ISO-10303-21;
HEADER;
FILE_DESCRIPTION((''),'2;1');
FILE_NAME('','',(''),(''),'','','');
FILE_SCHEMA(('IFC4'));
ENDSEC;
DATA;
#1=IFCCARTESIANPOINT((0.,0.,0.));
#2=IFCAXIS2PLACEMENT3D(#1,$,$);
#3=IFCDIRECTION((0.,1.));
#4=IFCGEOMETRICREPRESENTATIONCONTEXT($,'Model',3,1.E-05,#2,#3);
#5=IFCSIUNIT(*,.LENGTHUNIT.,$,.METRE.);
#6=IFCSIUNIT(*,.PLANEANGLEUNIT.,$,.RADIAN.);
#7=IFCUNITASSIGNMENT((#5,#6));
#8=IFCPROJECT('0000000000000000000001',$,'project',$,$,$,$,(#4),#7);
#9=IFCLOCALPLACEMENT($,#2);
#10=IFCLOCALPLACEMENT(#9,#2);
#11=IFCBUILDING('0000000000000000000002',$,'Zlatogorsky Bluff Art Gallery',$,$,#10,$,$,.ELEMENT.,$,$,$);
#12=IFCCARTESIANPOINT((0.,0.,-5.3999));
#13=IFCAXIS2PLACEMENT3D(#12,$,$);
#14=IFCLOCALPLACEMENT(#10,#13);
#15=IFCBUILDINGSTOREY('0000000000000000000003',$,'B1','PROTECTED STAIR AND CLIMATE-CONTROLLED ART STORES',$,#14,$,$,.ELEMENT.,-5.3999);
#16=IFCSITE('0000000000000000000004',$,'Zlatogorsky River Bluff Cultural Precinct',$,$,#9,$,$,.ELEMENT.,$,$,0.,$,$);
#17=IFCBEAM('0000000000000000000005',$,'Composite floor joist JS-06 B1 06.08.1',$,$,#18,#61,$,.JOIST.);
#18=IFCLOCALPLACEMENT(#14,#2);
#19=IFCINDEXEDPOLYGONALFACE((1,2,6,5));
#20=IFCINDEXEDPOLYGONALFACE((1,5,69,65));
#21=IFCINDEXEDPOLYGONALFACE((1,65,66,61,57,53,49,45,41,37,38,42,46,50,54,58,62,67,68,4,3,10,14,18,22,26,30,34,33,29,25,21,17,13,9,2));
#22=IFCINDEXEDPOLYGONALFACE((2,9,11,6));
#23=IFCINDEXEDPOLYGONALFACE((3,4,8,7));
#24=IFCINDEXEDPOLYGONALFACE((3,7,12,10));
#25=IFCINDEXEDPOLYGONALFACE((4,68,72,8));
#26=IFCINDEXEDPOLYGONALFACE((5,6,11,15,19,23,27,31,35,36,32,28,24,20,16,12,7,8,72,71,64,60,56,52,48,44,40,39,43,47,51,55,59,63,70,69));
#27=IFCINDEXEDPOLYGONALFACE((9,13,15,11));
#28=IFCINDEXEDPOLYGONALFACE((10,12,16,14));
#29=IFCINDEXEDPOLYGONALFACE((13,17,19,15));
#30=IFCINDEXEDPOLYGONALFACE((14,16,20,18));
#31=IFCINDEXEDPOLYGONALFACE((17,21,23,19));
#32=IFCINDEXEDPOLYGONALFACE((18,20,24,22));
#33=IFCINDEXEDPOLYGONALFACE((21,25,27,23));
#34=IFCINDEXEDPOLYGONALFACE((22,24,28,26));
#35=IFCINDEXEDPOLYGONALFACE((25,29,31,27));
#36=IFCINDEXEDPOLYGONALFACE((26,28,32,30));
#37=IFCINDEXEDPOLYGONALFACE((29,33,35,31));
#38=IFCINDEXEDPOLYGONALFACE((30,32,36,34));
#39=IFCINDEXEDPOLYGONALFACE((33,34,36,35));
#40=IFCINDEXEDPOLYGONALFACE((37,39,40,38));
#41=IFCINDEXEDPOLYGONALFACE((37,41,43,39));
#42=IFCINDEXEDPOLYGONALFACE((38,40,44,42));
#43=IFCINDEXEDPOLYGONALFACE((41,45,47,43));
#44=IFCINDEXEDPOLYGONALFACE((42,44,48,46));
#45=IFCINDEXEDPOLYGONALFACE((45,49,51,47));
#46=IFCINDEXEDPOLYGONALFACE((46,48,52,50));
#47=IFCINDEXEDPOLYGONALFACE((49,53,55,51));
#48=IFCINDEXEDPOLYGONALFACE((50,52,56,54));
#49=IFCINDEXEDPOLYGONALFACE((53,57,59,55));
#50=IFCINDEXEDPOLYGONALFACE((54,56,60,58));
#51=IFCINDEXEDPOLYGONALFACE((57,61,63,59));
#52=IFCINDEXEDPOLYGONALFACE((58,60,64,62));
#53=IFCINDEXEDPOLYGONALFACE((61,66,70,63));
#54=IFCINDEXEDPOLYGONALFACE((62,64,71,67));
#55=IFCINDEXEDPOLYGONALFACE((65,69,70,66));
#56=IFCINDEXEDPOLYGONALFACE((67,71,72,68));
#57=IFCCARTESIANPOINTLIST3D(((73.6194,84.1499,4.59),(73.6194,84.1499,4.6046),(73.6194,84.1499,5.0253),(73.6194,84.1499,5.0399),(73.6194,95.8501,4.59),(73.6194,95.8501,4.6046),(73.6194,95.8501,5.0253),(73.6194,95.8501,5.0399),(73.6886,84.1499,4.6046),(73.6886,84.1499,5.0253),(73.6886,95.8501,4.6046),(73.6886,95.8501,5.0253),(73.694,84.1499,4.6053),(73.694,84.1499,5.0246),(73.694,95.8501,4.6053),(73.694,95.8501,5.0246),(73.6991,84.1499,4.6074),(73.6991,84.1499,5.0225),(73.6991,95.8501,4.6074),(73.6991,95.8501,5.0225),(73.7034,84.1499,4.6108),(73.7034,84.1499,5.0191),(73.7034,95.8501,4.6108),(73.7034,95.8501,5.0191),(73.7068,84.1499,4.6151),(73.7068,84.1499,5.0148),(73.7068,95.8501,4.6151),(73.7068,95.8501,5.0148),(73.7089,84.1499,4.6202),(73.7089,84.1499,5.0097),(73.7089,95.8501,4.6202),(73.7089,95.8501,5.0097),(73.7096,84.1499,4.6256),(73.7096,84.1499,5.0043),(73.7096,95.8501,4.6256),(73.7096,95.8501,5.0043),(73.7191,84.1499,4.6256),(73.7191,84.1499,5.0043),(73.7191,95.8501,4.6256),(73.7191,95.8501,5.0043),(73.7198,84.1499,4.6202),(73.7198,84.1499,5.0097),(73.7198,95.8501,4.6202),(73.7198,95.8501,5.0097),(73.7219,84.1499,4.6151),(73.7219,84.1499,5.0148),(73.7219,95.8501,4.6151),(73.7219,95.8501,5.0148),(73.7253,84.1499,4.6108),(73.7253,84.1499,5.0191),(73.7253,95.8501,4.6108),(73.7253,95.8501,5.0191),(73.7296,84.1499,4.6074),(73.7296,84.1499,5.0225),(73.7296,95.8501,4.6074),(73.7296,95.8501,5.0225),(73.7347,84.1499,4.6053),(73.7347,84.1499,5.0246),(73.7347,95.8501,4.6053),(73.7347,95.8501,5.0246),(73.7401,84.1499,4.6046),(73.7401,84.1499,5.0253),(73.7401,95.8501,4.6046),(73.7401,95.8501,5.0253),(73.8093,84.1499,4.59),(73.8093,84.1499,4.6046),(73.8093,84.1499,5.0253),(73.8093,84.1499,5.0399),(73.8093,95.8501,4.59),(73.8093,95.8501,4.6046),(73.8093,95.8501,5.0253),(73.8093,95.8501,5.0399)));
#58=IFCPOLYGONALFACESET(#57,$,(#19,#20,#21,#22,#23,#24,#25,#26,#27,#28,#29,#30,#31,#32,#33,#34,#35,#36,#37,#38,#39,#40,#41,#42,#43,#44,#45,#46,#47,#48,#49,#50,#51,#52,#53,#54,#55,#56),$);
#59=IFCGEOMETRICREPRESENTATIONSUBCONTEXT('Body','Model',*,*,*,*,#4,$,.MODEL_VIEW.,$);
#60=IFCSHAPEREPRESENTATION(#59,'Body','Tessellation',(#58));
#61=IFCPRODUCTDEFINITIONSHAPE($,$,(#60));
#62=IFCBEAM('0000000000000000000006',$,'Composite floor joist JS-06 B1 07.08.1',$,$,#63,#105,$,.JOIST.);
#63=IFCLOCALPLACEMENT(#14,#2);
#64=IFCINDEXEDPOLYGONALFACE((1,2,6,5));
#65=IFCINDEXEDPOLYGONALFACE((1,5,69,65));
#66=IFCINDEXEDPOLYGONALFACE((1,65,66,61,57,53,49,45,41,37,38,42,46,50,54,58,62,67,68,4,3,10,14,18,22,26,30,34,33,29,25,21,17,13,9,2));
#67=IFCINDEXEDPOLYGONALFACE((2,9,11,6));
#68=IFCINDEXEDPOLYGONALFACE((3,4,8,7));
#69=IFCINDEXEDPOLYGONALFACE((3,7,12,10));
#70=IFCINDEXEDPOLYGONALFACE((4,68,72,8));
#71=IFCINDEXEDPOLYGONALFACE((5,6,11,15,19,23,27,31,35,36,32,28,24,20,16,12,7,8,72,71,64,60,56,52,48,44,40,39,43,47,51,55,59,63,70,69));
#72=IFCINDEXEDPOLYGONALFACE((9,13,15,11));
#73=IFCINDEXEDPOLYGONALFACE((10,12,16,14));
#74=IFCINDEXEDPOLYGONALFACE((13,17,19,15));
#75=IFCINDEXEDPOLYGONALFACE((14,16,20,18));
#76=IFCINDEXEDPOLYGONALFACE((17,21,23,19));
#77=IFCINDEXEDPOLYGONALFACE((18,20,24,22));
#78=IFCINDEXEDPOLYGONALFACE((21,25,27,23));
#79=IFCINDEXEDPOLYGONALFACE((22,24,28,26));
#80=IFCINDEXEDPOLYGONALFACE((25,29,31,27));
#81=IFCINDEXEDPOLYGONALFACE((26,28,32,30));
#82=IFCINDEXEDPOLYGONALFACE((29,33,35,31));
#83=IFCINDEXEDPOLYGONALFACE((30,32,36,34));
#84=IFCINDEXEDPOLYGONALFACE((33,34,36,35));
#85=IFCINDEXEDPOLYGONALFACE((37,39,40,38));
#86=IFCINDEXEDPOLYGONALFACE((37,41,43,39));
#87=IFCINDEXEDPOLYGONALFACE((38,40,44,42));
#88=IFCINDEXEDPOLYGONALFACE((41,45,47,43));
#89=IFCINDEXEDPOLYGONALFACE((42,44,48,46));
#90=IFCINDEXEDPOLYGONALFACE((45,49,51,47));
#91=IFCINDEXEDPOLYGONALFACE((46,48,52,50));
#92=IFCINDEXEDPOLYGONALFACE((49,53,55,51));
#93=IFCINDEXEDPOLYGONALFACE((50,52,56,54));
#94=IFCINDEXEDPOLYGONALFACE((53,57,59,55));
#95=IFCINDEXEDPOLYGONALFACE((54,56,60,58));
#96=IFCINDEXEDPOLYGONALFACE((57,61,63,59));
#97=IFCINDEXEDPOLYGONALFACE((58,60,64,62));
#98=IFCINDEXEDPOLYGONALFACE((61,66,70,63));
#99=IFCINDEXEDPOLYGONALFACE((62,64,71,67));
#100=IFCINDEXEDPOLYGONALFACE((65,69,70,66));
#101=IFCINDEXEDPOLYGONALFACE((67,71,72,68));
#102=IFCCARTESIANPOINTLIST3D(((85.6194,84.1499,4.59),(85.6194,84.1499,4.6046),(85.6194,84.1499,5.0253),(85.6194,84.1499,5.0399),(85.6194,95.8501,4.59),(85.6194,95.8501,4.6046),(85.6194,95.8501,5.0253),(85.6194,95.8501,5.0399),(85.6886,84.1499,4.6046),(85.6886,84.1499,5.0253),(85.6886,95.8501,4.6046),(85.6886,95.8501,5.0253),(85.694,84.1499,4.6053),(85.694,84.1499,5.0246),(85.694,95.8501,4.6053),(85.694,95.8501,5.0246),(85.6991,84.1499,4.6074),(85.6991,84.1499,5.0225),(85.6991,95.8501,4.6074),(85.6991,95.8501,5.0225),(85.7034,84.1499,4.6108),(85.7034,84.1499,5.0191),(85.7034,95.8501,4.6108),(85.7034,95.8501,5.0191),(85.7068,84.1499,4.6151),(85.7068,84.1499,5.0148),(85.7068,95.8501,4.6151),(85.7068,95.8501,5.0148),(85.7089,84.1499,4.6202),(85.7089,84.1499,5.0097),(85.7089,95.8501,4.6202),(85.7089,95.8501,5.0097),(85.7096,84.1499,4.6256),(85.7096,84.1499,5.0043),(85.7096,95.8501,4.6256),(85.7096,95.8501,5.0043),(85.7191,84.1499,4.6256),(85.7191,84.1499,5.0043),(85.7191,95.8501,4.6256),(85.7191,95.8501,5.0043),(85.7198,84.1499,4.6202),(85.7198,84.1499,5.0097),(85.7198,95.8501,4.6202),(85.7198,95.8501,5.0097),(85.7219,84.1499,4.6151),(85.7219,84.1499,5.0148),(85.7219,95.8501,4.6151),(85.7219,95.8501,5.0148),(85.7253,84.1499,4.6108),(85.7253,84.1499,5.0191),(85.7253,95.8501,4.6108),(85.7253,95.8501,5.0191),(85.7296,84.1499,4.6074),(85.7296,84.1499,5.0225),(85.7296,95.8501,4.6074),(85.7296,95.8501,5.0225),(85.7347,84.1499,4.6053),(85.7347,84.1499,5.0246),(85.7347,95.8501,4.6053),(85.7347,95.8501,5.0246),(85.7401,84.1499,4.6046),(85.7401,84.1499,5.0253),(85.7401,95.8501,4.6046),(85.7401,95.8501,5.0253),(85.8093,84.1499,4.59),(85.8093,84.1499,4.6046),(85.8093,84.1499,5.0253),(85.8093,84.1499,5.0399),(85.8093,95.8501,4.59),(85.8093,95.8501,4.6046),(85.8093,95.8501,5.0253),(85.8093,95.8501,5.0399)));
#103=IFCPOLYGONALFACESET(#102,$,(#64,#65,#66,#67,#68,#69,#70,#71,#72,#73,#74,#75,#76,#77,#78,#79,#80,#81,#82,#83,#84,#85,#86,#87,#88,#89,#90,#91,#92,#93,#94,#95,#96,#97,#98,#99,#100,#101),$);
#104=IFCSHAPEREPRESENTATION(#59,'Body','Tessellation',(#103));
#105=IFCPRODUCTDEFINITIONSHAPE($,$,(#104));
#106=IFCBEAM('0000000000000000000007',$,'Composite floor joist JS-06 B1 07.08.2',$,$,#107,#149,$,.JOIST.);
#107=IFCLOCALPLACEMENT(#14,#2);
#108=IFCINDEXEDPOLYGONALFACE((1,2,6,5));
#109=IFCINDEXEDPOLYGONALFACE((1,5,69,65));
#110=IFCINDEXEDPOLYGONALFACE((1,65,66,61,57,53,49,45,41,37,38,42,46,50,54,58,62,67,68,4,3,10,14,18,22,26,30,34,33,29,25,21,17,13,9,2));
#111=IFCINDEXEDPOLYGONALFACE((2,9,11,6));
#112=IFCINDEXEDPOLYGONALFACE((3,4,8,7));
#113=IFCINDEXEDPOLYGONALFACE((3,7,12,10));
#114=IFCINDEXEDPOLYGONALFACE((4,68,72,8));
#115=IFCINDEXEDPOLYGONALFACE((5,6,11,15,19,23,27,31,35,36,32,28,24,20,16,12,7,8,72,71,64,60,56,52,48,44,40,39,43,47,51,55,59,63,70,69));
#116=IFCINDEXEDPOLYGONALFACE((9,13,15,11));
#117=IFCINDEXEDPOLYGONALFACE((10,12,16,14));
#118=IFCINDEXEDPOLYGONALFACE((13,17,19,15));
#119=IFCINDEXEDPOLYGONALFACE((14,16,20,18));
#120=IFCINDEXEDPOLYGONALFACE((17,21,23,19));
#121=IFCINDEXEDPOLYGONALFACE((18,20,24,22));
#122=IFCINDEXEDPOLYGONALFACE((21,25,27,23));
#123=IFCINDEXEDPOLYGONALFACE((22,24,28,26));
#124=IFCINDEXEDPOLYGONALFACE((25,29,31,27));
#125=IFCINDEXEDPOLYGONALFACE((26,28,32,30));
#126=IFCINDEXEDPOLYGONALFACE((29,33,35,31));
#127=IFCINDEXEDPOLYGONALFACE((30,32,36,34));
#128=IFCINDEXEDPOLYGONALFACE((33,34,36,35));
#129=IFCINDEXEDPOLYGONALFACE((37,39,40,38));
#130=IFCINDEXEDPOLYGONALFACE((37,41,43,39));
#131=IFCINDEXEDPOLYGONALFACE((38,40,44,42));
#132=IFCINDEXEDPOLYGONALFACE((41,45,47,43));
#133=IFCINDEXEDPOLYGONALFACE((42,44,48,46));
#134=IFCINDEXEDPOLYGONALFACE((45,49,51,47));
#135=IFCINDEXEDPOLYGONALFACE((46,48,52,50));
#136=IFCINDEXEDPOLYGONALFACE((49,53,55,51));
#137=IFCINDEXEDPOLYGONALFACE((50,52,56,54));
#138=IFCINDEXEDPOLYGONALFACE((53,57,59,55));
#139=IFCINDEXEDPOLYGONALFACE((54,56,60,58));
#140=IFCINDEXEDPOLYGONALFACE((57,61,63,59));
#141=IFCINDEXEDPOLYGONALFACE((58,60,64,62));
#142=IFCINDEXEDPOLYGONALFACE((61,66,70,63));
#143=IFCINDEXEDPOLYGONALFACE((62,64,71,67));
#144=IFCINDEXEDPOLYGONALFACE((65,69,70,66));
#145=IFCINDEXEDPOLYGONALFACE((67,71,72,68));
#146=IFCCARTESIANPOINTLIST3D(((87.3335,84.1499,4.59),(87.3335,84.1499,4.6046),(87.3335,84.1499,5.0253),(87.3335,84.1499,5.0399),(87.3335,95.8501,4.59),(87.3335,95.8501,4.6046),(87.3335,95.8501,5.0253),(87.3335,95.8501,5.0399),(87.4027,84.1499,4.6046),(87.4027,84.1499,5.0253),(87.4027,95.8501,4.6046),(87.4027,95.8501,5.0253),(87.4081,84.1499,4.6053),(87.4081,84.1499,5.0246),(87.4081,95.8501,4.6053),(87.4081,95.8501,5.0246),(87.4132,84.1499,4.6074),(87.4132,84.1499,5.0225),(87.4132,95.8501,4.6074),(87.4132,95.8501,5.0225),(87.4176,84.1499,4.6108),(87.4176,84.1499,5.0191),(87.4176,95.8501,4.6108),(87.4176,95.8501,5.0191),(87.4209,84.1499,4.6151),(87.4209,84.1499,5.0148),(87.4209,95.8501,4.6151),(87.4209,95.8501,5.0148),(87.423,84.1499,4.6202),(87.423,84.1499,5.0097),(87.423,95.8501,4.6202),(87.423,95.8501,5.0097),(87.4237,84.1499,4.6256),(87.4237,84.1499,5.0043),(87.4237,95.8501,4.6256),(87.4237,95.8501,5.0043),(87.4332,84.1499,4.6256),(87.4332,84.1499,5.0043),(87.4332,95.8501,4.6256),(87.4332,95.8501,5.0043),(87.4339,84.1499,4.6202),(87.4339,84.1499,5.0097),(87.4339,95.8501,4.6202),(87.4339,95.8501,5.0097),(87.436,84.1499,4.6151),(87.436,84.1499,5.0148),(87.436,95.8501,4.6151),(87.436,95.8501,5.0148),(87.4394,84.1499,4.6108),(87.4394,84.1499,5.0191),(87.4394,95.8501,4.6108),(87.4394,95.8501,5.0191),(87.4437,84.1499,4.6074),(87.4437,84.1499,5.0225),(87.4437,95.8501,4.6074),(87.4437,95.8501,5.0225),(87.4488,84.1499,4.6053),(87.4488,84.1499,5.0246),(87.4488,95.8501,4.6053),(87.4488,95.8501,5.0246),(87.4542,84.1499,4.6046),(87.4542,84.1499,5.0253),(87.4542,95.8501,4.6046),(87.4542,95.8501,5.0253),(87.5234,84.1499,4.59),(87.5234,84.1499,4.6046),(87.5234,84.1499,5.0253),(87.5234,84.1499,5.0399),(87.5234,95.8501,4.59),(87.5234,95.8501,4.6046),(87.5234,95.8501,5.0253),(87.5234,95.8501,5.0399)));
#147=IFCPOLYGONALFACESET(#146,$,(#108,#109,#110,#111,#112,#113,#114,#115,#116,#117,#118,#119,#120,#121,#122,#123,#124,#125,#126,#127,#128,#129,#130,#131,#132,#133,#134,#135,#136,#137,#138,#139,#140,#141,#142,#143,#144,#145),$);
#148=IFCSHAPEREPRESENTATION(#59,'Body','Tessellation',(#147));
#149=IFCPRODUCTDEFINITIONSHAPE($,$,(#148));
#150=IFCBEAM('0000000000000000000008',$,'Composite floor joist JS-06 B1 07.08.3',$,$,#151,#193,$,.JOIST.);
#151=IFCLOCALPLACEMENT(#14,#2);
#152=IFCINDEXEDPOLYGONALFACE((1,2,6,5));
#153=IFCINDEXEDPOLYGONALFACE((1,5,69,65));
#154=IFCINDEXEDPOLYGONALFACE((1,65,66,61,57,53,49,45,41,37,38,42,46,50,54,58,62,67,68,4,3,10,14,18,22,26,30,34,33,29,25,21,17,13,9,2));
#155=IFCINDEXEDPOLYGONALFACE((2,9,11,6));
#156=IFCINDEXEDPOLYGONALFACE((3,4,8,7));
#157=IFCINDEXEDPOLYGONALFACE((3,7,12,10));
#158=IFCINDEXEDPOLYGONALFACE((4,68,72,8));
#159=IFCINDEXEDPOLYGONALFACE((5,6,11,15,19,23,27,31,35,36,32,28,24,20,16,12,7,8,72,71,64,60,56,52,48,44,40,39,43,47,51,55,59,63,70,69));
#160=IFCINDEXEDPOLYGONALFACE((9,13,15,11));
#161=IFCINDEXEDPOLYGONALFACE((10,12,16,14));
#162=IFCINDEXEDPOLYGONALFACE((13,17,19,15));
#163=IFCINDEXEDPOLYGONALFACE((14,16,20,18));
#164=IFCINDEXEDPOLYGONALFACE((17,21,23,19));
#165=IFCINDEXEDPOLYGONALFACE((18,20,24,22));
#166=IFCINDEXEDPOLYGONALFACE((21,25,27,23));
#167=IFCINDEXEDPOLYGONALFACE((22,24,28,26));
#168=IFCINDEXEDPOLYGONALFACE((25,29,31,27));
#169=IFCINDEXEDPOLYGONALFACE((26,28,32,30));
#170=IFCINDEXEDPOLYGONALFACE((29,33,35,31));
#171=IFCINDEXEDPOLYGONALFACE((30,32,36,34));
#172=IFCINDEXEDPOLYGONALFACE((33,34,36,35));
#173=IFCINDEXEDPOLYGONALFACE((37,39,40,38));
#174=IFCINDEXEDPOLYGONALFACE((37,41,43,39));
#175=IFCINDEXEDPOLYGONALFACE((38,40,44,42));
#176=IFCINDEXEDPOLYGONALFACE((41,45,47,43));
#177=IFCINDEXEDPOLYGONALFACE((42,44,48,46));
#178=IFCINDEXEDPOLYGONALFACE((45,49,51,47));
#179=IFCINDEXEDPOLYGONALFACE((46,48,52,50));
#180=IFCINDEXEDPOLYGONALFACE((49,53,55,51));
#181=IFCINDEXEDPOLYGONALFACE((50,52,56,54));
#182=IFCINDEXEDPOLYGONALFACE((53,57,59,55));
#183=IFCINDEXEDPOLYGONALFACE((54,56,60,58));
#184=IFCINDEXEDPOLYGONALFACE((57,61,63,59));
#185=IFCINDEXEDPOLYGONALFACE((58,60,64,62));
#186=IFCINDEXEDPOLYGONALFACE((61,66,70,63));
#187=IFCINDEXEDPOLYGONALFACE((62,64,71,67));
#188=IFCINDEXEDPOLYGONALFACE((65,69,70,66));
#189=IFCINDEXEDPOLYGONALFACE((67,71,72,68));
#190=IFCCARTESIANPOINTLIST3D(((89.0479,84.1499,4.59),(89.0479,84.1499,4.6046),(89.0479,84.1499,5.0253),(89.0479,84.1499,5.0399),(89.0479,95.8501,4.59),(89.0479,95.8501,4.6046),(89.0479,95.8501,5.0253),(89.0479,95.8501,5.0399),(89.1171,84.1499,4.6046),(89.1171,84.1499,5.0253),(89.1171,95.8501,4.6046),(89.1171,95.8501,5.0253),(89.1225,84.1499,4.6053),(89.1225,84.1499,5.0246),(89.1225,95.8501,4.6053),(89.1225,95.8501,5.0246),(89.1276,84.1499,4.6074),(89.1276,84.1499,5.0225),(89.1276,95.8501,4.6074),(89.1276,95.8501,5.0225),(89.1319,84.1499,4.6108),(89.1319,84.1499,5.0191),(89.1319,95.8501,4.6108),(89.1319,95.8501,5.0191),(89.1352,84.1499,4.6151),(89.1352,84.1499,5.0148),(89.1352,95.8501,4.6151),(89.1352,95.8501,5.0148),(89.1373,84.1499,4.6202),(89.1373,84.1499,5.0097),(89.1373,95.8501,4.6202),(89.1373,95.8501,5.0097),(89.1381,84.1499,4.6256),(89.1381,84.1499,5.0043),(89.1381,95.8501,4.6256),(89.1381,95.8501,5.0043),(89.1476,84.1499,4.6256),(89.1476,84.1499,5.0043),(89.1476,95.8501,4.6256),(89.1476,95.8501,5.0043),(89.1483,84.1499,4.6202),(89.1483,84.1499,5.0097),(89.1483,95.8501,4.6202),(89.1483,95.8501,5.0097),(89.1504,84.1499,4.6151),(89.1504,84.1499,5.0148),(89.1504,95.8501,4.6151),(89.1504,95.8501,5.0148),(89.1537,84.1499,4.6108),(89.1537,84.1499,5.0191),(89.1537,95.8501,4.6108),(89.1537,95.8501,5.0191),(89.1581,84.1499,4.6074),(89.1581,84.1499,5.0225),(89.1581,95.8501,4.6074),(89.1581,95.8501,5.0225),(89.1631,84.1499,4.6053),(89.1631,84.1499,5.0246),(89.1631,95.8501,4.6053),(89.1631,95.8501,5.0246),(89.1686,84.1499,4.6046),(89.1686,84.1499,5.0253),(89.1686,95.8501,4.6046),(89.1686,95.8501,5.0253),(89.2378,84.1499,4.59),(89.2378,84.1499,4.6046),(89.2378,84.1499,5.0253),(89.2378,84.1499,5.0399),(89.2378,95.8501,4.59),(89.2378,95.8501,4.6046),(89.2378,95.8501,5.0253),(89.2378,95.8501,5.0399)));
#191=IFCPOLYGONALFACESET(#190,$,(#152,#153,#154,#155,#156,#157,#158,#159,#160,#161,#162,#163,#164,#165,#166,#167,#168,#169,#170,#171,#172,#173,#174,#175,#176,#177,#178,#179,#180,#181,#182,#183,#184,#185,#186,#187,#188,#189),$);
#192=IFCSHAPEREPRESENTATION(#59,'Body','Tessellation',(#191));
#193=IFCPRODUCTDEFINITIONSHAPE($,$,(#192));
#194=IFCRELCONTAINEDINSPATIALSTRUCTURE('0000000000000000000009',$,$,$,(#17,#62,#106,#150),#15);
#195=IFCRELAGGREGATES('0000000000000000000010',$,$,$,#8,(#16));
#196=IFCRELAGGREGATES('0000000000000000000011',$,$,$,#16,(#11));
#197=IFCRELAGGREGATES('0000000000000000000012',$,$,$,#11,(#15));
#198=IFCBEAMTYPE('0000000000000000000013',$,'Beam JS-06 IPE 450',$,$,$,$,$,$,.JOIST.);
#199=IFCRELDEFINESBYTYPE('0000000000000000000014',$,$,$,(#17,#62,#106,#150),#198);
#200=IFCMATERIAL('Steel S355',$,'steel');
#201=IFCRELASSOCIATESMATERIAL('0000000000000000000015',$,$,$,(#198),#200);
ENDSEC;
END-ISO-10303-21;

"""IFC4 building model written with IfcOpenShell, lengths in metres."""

from ifc_helpers import new_model, si_unit, direction, frame, origin, origin_2d, place, context, subcontext, project, spatial, i_section, extrude, material, material_profile, profile_set, type_object, element, save


model = new_model("IFC4")

# Units and contexts
model_context = context("Model", 3, precision=1e-05, world=origin(), true_north=direction((0.0, 1.0)))
body_context = subcontext(model_context, "Body", "Model", "MODEL_VIEW")
ifc_project = project(units=[si_unit("LENGTHUNIT", "METRE"), si_unit("PLANEANGLEUNIT", "RADIAN")], contexts=[model_context])

# Site, building, storey
site_placement = place(None, origin())
site = spatial("IfcSite", under=ifc_project, at=site_placement, Name="Zlatogorsky River Bluff Cultural Precinct", CompositionType="ELEMENT", RefElevation=0.0)
building_placement = place(site_placement, origin())
building = spatial("IfcBuilding", under=site, at=building_placement, Name="Zlatogorsky Bluff Art Gallery", CompositionType="ELEMENT")
storey_placement = place(building_placement, frame((0.0, 0.0, -5.3999)))
storey = spatial("IfcBuildingStorey", under=building, at=storey_placement, Name="B1", Description="PROTECTED STAIR AND CLIMATE-CONTROLLED ART STORES", CompositionType="ELEMENT", Elevation=-5.3999)

# Shared definitions
ifc_material_1 = material(Name="Steel S355", Category="steel")

# Beams
ifc_material_profile_1 = material_profile(ifc_material_1, i_section(OverallWidth=0.1899, OverallDepth=0.45, WebThickness=0.0095, FlangeThickness=0.0146, FilletRadius=0.021, at=origin_2d()), Name="IPE 450")
ifc_profile_set_1 = profile_set([ifc_material_profile_1], Name="Steel S355")
beam_type_1 = type_object("IfcBeamType", Name="Beam JS-06 IPE 450", PredefinedType="JOIST", material=ifc_profile_set_1)
for number, where, z_axis, x_axis, name in (
    (1, (73.7144, 84.1499, 4.8149), (0.0, 1.0, 0.0), (-1.0, 0.0, 0.0), "Composite floor joist JS-06 B1 06.08.1"),
    (2, (85.7144, 84.1499, 4.8149), (0.0, 1.0, 0.0), (-1.0, 0.0, 0.0), "Composite floor joist JS-06 B1 07.08.1"),
    (3, (87.4285, 84.1499, 4.8149), (0.0, 1.0, 0.0), (-1.0, 0.0, 0.0), "Composite floor joist JS-06 B1 07.08.2"),
    (4, (89.1428, 84.1499, 4.8149), (0.0, 1.0, 0.0), (-1.0, 0.0, 0.0), "Composite floor joist JS-06 B1 07.08.3"),
):
    element("IfcBeam", number, at=place(storey_placement, frame(where, z_axis=z_axis, x_axis=x_axis)), inside=storey, type_object=beam_type_1, Name=name, PredefinedType="JOIST", context=body_context, shape_type="SweptSolid", body=[
        extrude(i_section(OverallWidth=0.1899, OverallDepth=0.45, WebThickness=0.0095, FlangeThickness=0.0146, FilletRadius=0.021, at=origin_2d()), origin(), (0.0, 0.0, 1.0), 11.7002),
    ])

save(model, "model.ifc")
